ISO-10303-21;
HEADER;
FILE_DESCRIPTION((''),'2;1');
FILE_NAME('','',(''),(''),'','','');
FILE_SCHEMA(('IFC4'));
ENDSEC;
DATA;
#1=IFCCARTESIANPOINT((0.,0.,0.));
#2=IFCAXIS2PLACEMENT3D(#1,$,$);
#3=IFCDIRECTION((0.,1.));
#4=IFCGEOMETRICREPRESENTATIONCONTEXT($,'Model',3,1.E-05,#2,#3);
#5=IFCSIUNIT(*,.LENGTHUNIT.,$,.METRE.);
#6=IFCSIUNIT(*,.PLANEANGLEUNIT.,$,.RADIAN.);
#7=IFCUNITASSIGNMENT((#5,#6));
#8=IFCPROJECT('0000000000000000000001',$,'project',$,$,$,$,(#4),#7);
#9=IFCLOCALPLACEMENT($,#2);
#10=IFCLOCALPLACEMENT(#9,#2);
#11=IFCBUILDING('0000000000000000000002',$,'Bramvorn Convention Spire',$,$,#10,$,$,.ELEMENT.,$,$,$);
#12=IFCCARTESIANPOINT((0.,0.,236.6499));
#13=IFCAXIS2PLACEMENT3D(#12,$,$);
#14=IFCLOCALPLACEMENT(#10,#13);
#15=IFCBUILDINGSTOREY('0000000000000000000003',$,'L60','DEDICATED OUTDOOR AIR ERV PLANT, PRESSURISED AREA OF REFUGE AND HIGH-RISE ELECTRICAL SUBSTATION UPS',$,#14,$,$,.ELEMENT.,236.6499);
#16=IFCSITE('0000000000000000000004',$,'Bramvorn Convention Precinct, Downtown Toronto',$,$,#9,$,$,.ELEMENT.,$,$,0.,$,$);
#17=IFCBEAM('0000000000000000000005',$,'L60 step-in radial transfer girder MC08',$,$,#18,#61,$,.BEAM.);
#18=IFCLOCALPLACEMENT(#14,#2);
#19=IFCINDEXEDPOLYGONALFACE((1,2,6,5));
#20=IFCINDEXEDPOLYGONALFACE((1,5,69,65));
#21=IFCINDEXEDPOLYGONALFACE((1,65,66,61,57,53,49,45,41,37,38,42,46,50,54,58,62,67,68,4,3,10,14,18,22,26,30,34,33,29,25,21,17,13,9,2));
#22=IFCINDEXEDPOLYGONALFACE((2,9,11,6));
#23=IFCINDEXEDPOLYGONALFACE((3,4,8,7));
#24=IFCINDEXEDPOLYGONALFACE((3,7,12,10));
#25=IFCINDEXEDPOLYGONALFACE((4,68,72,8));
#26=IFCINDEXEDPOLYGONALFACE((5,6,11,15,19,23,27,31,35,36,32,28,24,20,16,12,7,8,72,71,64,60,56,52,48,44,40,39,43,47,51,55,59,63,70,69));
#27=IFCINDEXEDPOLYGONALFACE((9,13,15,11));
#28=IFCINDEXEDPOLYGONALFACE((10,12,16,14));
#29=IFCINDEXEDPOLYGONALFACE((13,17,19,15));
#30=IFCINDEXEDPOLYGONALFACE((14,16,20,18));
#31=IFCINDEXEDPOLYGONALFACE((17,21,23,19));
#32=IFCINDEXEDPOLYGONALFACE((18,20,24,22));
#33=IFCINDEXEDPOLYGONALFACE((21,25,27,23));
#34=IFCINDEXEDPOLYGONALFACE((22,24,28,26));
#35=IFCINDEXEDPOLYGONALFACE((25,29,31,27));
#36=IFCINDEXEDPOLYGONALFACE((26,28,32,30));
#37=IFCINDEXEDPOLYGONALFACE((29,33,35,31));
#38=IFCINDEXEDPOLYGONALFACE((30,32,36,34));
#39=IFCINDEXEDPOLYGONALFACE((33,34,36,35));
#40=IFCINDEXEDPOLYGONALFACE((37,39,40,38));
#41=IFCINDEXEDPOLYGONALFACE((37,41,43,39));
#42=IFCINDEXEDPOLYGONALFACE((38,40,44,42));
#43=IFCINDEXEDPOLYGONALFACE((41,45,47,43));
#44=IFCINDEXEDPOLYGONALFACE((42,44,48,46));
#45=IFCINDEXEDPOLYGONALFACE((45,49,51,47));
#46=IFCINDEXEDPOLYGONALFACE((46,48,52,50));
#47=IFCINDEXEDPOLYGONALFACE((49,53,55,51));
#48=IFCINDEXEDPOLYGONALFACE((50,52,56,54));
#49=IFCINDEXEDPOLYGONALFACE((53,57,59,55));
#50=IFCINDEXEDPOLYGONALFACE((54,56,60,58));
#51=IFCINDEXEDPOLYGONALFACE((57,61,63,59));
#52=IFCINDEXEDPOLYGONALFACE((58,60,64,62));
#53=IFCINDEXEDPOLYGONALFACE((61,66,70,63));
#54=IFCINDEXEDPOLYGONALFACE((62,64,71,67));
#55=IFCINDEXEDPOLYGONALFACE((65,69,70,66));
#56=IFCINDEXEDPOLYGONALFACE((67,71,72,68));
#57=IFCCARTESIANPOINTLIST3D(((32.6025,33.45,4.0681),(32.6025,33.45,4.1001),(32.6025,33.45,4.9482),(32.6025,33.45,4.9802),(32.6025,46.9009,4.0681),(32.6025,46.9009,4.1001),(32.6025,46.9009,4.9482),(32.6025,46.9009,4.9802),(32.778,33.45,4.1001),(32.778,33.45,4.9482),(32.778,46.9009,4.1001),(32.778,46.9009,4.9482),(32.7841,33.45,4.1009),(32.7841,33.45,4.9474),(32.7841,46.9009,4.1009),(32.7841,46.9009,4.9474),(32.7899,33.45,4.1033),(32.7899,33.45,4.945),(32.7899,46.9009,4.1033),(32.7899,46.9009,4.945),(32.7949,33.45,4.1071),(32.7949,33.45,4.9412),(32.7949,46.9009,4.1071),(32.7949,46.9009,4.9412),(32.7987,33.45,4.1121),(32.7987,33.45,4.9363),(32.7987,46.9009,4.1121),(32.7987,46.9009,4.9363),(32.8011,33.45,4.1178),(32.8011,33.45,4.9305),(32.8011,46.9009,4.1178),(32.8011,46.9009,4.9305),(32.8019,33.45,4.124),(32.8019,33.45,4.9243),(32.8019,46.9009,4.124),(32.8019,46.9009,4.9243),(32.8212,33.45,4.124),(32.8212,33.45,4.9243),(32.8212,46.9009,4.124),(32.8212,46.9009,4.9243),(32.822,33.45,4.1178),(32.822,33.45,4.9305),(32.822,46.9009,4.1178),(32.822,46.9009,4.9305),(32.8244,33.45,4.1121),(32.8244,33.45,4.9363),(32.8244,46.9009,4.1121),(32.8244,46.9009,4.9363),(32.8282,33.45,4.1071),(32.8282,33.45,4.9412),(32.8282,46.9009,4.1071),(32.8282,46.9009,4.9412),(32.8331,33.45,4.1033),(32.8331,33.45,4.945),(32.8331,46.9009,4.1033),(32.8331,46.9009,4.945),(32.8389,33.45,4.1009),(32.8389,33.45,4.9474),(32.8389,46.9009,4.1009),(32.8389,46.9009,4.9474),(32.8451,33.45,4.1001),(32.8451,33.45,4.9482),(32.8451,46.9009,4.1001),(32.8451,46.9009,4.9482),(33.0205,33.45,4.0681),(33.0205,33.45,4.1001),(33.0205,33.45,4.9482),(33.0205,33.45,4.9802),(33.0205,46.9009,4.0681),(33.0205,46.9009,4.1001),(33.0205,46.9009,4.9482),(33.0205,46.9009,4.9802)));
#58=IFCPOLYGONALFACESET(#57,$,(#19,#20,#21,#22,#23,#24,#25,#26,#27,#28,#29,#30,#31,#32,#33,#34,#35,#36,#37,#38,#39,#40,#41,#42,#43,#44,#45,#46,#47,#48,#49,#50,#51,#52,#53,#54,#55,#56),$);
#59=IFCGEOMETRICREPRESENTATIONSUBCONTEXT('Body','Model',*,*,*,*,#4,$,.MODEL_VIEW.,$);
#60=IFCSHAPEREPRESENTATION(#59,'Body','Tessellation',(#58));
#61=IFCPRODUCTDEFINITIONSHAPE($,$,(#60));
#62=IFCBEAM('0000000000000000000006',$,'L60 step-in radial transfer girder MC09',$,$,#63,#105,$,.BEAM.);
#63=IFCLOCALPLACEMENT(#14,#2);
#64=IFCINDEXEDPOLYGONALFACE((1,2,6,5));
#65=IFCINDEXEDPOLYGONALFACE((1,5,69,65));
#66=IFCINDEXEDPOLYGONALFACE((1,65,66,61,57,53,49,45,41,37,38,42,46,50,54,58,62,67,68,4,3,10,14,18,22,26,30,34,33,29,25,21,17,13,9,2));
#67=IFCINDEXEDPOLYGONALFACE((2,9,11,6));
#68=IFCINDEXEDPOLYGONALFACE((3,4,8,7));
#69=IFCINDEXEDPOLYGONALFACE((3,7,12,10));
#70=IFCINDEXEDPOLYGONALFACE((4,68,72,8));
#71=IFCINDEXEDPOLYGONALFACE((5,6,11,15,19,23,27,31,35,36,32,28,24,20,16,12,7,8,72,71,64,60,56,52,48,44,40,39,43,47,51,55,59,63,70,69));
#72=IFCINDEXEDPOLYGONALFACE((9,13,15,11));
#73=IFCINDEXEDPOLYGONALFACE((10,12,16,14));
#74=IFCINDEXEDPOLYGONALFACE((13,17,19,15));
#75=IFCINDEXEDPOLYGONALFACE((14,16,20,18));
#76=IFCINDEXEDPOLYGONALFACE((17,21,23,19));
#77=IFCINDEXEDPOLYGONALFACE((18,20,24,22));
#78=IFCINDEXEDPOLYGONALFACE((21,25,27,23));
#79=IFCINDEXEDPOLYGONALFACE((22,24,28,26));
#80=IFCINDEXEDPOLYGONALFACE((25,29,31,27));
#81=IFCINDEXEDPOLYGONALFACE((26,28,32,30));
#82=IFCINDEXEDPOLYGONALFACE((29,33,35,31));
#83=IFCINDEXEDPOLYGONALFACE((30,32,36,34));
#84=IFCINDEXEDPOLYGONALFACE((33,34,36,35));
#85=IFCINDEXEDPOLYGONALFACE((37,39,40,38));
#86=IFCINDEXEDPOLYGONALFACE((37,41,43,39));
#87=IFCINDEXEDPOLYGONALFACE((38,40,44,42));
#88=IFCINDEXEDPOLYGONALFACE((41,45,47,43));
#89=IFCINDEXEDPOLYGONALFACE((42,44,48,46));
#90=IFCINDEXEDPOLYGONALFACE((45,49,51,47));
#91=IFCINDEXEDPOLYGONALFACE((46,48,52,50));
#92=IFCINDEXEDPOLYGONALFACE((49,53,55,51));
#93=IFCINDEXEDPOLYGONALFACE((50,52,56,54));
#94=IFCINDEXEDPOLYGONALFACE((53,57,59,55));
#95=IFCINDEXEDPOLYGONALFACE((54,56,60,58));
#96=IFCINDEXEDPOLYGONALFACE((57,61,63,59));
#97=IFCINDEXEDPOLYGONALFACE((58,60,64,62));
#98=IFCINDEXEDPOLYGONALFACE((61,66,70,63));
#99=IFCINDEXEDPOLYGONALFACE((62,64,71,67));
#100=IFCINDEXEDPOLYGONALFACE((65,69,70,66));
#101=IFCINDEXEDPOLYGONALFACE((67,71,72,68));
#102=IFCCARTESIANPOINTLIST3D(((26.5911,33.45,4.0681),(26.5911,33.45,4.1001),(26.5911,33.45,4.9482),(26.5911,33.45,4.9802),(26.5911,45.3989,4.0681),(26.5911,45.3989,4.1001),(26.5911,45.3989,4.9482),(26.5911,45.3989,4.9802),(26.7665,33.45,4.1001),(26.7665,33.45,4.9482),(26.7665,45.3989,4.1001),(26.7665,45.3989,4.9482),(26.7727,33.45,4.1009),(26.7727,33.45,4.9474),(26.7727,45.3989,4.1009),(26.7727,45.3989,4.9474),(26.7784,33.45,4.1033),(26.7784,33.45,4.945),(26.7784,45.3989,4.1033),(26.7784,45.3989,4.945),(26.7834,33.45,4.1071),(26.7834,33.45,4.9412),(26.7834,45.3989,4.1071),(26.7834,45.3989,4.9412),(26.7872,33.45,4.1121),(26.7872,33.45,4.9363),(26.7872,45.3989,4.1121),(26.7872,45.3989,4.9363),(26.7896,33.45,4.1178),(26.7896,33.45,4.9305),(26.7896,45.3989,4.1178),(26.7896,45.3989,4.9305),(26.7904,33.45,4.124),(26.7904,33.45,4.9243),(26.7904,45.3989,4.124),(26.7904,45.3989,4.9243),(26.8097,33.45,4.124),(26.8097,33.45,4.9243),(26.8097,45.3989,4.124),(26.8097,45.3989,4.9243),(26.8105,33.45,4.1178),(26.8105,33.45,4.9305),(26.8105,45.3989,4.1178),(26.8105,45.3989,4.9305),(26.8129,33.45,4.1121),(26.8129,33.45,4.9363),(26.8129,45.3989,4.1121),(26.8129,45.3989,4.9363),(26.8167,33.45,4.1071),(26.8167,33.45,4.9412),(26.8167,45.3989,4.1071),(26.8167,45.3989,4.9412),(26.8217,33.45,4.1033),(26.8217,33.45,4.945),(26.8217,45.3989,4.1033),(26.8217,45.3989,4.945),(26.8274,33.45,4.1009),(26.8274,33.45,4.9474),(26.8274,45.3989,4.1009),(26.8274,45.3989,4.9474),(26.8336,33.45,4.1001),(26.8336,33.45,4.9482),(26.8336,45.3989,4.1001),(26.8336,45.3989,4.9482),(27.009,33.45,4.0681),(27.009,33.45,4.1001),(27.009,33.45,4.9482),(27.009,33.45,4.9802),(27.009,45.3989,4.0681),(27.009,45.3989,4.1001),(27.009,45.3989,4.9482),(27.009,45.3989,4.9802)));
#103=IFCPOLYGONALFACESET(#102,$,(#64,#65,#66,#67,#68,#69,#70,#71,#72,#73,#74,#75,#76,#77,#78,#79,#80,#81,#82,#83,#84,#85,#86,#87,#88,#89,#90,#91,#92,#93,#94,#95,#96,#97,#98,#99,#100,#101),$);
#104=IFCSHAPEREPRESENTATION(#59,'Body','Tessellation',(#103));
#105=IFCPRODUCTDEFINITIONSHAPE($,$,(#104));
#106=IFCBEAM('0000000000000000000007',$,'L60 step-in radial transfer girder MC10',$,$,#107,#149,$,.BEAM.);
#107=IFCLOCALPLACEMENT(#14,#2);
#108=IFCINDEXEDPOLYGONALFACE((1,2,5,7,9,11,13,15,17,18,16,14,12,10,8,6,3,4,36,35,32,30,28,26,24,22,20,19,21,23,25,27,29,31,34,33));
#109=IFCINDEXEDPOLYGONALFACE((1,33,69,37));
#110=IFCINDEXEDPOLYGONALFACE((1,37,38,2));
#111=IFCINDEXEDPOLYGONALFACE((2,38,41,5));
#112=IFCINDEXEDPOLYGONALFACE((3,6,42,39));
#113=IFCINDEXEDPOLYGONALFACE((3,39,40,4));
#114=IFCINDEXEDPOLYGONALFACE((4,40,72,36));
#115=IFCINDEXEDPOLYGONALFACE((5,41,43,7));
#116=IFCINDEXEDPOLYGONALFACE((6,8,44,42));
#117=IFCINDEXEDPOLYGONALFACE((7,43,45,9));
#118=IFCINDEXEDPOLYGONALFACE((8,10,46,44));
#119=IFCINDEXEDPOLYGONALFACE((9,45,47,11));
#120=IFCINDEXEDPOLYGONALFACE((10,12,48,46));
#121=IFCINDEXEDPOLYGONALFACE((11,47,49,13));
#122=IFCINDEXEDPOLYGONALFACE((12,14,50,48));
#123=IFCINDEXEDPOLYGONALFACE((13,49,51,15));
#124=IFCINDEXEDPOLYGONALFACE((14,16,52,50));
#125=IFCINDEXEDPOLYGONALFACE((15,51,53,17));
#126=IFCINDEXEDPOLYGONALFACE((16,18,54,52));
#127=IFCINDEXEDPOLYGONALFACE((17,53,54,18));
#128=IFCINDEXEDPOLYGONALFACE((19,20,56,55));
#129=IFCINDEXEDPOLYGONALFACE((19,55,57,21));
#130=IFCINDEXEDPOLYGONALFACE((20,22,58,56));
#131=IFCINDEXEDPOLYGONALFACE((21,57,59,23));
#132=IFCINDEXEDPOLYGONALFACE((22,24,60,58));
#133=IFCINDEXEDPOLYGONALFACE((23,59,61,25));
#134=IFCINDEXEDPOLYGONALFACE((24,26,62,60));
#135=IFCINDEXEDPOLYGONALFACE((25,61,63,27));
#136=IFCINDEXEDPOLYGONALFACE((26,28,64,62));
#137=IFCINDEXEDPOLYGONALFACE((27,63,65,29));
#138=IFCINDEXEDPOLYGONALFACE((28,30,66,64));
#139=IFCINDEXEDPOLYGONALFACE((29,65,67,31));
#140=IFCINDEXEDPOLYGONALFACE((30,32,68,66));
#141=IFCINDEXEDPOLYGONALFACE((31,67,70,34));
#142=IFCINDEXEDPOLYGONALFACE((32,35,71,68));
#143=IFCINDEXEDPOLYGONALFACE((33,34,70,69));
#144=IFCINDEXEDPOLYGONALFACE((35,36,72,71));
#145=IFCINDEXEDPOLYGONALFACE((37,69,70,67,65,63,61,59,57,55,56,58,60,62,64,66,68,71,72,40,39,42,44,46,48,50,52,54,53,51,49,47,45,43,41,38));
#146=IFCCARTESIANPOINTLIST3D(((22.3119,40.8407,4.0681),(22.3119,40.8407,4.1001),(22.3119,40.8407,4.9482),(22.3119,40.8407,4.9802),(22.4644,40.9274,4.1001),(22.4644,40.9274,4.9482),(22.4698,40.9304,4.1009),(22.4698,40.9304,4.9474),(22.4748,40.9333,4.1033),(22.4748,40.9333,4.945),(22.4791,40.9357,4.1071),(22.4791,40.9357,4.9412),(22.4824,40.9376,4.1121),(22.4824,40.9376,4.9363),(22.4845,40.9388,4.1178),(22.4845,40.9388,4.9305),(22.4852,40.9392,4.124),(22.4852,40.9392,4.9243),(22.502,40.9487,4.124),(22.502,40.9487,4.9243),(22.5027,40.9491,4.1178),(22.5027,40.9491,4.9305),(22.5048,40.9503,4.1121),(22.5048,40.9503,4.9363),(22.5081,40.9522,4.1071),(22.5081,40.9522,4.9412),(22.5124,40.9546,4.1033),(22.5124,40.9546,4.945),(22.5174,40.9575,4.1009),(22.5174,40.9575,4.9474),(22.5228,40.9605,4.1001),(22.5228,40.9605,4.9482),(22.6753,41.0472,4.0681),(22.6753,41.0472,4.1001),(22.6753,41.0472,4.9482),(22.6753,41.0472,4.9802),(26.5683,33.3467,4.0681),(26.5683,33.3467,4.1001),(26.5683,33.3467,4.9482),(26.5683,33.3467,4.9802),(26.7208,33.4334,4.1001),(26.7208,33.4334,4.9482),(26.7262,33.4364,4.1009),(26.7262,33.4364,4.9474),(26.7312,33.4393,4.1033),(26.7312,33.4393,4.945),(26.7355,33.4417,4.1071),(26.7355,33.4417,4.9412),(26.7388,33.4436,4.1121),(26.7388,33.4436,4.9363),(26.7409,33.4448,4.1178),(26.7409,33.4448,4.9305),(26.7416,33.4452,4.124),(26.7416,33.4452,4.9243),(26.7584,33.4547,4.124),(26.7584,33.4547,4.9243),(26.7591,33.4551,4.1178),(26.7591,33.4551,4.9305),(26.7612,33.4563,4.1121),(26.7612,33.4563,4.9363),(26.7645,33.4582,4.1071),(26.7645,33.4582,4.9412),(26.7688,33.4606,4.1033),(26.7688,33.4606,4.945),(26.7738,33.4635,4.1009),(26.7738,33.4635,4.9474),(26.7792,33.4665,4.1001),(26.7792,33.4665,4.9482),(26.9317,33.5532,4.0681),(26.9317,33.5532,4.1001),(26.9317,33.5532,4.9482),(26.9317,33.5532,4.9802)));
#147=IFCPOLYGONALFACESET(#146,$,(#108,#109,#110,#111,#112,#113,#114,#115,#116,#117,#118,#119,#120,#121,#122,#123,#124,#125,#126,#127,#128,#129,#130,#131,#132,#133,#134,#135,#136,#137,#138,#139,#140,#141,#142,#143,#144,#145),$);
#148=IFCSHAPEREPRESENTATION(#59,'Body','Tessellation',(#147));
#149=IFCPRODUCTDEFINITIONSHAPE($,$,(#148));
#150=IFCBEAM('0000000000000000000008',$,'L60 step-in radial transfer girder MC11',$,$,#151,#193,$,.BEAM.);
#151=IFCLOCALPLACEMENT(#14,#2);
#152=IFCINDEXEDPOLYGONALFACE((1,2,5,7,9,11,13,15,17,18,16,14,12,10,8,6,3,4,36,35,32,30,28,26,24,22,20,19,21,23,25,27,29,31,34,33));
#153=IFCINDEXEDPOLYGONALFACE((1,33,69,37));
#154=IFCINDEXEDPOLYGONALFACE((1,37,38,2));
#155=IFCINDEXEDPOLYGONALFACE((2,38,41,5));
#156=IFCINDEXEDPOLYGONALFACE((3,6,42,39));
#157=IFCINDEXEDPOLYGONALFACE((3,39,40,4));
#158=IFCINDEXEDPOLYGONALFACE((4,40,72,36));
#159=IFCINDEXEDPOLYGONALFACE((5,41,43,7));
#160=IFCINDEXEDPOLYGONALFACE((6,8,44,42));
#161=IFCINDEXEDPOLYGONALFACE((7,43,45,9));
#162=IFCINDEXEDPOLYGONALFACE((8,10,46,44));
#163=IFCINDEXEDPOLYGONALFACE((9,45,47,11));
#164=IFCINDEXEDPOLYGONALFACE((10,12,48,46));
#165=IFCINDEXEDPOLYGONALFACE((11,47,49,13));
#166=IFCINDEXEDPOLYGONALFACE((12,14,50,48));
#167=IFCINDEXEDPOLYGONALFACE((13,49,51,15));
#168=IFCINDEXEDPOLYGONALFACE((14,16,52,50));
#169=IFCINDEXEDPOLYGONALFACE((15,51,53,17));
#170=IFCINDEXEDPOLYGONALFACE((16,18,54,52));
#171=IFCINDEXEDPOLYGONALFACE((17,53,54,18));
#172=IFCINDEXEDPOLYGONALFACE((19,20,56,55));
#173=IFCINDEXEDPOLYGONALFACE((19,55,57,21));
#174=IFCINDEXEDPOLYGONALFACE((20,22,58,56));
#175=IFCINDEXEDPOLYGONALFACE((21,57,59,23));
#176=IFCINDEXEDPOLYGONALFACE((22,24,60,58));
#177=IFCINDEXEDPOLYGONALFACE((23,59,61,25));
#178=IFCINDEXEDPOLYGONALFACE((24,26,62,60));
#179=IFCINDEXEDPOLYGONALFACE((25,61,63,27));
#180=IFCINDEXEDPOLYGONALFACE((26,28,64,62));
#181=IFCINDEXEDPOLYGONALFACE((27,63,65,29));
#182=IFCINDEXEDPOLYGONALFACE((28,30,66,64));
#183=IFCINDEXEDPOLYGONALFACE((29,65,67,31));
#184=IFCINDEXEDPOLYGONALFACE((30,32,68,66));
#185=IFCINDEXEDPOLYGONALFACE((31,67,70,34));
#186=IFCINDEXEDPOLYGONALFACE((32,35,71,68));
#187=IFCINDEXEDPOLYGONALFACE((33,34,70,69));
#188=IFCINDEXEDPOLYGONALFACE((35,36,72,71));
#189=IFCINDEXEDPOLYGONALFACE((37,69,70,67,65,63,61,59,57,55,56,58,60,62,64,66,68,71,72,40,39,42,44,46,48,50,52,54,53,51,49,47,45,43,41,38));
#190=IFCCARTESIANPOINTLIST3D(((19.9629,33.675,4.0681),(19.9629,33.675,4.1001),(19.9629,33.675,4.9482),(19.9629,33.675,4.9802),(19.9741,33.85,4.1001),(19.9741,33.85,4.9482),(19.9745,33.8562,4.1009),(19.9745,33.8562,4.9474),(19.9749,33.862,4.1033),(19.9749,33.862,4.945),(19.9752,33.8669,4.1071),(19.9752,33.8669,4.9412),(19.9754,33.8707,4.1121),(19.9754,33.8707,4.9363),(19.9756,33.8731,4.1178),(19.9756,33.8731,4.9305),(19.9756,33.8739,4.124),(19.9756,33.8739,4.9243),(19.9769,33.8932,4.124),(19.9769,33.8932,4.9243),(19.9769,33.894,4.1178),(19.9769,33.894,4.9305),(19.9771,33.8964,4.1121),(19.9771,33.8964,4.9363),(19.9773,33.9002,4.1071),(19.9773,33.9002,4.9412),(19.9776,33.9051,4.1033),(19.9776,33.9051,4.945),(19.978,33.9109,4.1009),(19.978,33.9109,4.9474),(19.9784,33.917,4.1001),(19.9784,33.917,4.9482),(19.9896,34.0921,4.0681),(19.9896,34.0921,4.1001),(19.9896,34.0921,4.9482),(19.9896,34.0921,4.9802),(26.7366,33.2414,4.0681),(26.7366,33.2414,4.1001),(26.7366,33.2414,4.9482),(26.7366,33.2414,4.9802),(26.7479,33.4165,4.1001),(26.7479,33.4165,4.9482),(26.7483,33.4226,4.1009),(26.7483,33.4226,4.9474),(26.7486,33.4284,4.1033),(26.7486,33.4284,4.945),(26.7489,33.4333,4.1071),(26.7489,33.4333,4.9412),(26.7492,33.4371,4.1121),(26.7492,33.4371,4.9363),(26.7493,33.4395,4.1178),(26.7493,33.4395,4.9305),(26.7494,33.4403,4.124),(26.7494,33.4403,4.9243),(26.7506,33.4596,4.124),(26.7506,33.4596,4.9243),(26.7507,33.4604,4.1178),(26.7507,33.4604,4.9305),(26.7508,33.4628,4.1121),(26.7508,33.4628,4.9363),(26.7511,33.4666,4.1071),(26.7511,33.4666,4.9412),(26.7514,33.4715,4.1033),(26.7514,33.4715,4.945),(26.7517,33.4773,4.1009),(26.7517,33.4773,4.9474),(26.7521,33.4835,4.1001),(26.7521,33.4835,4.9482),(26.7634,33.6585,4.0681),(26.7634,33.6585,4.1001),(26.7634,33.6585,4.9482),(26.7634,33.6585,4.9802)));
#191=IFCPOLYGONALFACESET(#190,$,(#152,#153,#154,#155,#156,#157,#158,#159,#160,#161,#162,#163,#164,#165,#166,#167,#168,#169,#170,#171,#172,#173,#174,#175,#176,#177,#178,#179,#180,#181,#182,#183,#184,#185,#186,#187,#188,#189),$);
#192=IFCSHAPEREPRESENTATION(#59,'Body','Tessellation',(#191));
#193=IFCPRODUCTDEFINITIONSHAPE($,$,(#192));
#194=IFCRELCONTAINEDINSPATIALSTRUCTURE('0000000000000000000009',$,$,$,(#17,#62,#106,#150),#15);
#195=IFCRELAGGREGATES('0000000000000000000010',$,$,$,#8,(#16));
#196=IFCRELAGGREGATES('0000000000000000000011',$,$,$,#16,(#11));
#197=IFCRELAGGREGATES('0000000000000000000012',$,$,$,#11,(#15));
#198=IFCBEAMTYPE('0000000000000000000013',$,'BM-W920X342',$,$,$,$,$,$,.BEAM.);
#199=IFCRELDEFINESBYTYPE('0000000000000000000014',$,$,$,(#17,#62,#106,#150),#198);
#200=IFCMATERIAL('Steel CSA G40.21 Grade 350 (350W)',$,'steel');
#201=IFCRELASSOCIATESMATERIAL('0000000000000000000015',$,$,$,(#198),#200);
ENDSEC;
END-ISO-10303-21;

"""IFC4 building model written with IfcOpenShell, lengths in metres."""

from ifc_helpers import new_model, si_unit, direction, frame, origin, origin_2d, place, context, subcontext, project, spatial, i_section, extrude, material, material_profile, profile_set, type_object, element, save


model = new_model("IFC4")

# Units and contexts
model_context = context("Model", 3, precision=1e-05, world=origin(), true_north=direction((0.0, 1.0)))
body_context = subcontext(model_context, "Body", "Model", "MODEL_VIEW")
ifc_project = project(units=[si_unit("LENGTHUNIT", "METRE"), si_unit("PLANEANGLEUNIT", "RADIAN")], contexts=[model_context])

# Site, building, storey
site_placement = place(None, origin())
site = spatial("IfcSite", under=ifc_project, at=site_placement, Name="Bramvorn Convention Precinct, Downtown Toronto", CompositionType="ELEMENT", RefElevation=0.0)
building_placement = place(site_placement, origin())
building = spatial("IfcBuilding", under=site, at=building_placement, Name="Bramvorn Convention Spire", CompositionType="ELEMENT")
storey_placement = place(building_placement, frame((0.0, 0.0, 236.6499)))
storey = spatial("IfcBuildingStorey", under=building, at=storey_placement, Name="L60", Description="DEDICATED OUTDOOR AIR ERV PLANT, PRESSURISED AREA OF REFUGE AND HIGH-RISE ELECTRICAL SUBSTATION UPS", CompositionType="ELEMENT", Elevation=236.6499)

# Beams
ifc_material_1 = material(Name="Steel CSA G40.21 Grade 350 (350W)", Category="steel")
ifc_material_profile_1 = material_profile(ifc_material_1, i_section(OverallWidth=0.418, OverallDepth=0.9121, WebThickness=0.0193, FlangeThickness=0.032, FilletRadius=0.0239, at=origin_2d()))
ifc_profile_set_1 = profile_set([ifc_material_profile_1], Name="Steel CSA G40.21 Grade 350 (350W) - W920X342")
beam_type = type_object("IfcBeamType", Name="BM-W920X342", PredefinedType="BEAM", material=ifc_profile_set_1)
beam_1_placement = place(storey_placement, frame((32.8115, 33.45, 4.5242), z_axis=(0.0, 1.0, 0.0), x_axis=(-1.0, 0.0, 0.0)))
element("IfcBeam", 1, at=beam_1_placement, inside=storey, type_object=beam_type, Name="L60 step-in radial transfer girder MC08", PredefinedType="BEAM", context=body_context, shape_type="SweptSolid", body=[
    extrude(i_section(OverallWidth=0.418, OverallDepth=0.9121, WebThickness=0.0193, FlangeThickness=0.032, FilletRadius=0.0239, at=origin_2d()), origin(), (0.0, 0.0, 1.0), 13.4509),
])
beam_2_placement = place(storey_placement, frame((26.8, 33.45, 4.5242), z_axis=(0.0, 1.0, 0.0), x_axis=(-1.0, 0.0, 0.0)))
element("IfcBeam", 2, at=beam_2_placement, inside=storey, type_object=beam_type, Name="L60 step-in radial transfer girder MC09", PredefinedType="BEAM", context=body_context, shape_type="SweptSolid", body=[
    extrude(i_section(OverallWidth=0.418, OverallDepth=0.9121, WebThickness=0.0193, FlangeThickness=0.032, FilletRadius=0.0239, at=origin_2d()), origin(), (0.0, 0.0, 1.0), 11.949),
])
beam_3_placement = place(storey_placement, frame((26.75, 33.45, 4.5242), z_axis=(-0.493874, 0.869534, 0.0), x_axis=(-0.869534, -0.493874, 0.0)))
element("IfcBeam", 3, at=beam_3_placement, inside=storey, type_object=beam_type, Name="L60 step-in radial transfer girder MC10", PredefinedType="BEAM", context=body_context, shape_type="SweptSolid", body=[
    extrude(i_section(OverallWidth=0.418, OverallDepth=0.9121, WebThickness=0.0193, FlangeThickness=0.032, FilletRadius=0.0239, at=origin_2d()), origin(), (0.0, 0.0, 1.0), 8.6184),
])
beam_4_placement = place(storey_placement, frame((26.75, 33.45, 4.5242), z_axis=(-0.997958, 0.063881, 0.0), x_axis=(-0.063881, -0.997958, 0.0)))
element("IfcBeam", 4, at=beam_4_placement, inside=storey, type_object=beam_type, Name="L60 step-in radial transfer girder MC11", PredefinedType="BEAM", context=body_context, shape_type="SweptSolid", body=[
    extrude(i_section(OverallWidth=0.418, OverallDepth=0.9121, WebThickness=0.0193, FlangeThickness=0.032, FilletRadius=0.0239, at=origin_2d()), origin(), (0.0, 0.0, 1.0), 6.7876),
])

save(model, "model.ifc")
